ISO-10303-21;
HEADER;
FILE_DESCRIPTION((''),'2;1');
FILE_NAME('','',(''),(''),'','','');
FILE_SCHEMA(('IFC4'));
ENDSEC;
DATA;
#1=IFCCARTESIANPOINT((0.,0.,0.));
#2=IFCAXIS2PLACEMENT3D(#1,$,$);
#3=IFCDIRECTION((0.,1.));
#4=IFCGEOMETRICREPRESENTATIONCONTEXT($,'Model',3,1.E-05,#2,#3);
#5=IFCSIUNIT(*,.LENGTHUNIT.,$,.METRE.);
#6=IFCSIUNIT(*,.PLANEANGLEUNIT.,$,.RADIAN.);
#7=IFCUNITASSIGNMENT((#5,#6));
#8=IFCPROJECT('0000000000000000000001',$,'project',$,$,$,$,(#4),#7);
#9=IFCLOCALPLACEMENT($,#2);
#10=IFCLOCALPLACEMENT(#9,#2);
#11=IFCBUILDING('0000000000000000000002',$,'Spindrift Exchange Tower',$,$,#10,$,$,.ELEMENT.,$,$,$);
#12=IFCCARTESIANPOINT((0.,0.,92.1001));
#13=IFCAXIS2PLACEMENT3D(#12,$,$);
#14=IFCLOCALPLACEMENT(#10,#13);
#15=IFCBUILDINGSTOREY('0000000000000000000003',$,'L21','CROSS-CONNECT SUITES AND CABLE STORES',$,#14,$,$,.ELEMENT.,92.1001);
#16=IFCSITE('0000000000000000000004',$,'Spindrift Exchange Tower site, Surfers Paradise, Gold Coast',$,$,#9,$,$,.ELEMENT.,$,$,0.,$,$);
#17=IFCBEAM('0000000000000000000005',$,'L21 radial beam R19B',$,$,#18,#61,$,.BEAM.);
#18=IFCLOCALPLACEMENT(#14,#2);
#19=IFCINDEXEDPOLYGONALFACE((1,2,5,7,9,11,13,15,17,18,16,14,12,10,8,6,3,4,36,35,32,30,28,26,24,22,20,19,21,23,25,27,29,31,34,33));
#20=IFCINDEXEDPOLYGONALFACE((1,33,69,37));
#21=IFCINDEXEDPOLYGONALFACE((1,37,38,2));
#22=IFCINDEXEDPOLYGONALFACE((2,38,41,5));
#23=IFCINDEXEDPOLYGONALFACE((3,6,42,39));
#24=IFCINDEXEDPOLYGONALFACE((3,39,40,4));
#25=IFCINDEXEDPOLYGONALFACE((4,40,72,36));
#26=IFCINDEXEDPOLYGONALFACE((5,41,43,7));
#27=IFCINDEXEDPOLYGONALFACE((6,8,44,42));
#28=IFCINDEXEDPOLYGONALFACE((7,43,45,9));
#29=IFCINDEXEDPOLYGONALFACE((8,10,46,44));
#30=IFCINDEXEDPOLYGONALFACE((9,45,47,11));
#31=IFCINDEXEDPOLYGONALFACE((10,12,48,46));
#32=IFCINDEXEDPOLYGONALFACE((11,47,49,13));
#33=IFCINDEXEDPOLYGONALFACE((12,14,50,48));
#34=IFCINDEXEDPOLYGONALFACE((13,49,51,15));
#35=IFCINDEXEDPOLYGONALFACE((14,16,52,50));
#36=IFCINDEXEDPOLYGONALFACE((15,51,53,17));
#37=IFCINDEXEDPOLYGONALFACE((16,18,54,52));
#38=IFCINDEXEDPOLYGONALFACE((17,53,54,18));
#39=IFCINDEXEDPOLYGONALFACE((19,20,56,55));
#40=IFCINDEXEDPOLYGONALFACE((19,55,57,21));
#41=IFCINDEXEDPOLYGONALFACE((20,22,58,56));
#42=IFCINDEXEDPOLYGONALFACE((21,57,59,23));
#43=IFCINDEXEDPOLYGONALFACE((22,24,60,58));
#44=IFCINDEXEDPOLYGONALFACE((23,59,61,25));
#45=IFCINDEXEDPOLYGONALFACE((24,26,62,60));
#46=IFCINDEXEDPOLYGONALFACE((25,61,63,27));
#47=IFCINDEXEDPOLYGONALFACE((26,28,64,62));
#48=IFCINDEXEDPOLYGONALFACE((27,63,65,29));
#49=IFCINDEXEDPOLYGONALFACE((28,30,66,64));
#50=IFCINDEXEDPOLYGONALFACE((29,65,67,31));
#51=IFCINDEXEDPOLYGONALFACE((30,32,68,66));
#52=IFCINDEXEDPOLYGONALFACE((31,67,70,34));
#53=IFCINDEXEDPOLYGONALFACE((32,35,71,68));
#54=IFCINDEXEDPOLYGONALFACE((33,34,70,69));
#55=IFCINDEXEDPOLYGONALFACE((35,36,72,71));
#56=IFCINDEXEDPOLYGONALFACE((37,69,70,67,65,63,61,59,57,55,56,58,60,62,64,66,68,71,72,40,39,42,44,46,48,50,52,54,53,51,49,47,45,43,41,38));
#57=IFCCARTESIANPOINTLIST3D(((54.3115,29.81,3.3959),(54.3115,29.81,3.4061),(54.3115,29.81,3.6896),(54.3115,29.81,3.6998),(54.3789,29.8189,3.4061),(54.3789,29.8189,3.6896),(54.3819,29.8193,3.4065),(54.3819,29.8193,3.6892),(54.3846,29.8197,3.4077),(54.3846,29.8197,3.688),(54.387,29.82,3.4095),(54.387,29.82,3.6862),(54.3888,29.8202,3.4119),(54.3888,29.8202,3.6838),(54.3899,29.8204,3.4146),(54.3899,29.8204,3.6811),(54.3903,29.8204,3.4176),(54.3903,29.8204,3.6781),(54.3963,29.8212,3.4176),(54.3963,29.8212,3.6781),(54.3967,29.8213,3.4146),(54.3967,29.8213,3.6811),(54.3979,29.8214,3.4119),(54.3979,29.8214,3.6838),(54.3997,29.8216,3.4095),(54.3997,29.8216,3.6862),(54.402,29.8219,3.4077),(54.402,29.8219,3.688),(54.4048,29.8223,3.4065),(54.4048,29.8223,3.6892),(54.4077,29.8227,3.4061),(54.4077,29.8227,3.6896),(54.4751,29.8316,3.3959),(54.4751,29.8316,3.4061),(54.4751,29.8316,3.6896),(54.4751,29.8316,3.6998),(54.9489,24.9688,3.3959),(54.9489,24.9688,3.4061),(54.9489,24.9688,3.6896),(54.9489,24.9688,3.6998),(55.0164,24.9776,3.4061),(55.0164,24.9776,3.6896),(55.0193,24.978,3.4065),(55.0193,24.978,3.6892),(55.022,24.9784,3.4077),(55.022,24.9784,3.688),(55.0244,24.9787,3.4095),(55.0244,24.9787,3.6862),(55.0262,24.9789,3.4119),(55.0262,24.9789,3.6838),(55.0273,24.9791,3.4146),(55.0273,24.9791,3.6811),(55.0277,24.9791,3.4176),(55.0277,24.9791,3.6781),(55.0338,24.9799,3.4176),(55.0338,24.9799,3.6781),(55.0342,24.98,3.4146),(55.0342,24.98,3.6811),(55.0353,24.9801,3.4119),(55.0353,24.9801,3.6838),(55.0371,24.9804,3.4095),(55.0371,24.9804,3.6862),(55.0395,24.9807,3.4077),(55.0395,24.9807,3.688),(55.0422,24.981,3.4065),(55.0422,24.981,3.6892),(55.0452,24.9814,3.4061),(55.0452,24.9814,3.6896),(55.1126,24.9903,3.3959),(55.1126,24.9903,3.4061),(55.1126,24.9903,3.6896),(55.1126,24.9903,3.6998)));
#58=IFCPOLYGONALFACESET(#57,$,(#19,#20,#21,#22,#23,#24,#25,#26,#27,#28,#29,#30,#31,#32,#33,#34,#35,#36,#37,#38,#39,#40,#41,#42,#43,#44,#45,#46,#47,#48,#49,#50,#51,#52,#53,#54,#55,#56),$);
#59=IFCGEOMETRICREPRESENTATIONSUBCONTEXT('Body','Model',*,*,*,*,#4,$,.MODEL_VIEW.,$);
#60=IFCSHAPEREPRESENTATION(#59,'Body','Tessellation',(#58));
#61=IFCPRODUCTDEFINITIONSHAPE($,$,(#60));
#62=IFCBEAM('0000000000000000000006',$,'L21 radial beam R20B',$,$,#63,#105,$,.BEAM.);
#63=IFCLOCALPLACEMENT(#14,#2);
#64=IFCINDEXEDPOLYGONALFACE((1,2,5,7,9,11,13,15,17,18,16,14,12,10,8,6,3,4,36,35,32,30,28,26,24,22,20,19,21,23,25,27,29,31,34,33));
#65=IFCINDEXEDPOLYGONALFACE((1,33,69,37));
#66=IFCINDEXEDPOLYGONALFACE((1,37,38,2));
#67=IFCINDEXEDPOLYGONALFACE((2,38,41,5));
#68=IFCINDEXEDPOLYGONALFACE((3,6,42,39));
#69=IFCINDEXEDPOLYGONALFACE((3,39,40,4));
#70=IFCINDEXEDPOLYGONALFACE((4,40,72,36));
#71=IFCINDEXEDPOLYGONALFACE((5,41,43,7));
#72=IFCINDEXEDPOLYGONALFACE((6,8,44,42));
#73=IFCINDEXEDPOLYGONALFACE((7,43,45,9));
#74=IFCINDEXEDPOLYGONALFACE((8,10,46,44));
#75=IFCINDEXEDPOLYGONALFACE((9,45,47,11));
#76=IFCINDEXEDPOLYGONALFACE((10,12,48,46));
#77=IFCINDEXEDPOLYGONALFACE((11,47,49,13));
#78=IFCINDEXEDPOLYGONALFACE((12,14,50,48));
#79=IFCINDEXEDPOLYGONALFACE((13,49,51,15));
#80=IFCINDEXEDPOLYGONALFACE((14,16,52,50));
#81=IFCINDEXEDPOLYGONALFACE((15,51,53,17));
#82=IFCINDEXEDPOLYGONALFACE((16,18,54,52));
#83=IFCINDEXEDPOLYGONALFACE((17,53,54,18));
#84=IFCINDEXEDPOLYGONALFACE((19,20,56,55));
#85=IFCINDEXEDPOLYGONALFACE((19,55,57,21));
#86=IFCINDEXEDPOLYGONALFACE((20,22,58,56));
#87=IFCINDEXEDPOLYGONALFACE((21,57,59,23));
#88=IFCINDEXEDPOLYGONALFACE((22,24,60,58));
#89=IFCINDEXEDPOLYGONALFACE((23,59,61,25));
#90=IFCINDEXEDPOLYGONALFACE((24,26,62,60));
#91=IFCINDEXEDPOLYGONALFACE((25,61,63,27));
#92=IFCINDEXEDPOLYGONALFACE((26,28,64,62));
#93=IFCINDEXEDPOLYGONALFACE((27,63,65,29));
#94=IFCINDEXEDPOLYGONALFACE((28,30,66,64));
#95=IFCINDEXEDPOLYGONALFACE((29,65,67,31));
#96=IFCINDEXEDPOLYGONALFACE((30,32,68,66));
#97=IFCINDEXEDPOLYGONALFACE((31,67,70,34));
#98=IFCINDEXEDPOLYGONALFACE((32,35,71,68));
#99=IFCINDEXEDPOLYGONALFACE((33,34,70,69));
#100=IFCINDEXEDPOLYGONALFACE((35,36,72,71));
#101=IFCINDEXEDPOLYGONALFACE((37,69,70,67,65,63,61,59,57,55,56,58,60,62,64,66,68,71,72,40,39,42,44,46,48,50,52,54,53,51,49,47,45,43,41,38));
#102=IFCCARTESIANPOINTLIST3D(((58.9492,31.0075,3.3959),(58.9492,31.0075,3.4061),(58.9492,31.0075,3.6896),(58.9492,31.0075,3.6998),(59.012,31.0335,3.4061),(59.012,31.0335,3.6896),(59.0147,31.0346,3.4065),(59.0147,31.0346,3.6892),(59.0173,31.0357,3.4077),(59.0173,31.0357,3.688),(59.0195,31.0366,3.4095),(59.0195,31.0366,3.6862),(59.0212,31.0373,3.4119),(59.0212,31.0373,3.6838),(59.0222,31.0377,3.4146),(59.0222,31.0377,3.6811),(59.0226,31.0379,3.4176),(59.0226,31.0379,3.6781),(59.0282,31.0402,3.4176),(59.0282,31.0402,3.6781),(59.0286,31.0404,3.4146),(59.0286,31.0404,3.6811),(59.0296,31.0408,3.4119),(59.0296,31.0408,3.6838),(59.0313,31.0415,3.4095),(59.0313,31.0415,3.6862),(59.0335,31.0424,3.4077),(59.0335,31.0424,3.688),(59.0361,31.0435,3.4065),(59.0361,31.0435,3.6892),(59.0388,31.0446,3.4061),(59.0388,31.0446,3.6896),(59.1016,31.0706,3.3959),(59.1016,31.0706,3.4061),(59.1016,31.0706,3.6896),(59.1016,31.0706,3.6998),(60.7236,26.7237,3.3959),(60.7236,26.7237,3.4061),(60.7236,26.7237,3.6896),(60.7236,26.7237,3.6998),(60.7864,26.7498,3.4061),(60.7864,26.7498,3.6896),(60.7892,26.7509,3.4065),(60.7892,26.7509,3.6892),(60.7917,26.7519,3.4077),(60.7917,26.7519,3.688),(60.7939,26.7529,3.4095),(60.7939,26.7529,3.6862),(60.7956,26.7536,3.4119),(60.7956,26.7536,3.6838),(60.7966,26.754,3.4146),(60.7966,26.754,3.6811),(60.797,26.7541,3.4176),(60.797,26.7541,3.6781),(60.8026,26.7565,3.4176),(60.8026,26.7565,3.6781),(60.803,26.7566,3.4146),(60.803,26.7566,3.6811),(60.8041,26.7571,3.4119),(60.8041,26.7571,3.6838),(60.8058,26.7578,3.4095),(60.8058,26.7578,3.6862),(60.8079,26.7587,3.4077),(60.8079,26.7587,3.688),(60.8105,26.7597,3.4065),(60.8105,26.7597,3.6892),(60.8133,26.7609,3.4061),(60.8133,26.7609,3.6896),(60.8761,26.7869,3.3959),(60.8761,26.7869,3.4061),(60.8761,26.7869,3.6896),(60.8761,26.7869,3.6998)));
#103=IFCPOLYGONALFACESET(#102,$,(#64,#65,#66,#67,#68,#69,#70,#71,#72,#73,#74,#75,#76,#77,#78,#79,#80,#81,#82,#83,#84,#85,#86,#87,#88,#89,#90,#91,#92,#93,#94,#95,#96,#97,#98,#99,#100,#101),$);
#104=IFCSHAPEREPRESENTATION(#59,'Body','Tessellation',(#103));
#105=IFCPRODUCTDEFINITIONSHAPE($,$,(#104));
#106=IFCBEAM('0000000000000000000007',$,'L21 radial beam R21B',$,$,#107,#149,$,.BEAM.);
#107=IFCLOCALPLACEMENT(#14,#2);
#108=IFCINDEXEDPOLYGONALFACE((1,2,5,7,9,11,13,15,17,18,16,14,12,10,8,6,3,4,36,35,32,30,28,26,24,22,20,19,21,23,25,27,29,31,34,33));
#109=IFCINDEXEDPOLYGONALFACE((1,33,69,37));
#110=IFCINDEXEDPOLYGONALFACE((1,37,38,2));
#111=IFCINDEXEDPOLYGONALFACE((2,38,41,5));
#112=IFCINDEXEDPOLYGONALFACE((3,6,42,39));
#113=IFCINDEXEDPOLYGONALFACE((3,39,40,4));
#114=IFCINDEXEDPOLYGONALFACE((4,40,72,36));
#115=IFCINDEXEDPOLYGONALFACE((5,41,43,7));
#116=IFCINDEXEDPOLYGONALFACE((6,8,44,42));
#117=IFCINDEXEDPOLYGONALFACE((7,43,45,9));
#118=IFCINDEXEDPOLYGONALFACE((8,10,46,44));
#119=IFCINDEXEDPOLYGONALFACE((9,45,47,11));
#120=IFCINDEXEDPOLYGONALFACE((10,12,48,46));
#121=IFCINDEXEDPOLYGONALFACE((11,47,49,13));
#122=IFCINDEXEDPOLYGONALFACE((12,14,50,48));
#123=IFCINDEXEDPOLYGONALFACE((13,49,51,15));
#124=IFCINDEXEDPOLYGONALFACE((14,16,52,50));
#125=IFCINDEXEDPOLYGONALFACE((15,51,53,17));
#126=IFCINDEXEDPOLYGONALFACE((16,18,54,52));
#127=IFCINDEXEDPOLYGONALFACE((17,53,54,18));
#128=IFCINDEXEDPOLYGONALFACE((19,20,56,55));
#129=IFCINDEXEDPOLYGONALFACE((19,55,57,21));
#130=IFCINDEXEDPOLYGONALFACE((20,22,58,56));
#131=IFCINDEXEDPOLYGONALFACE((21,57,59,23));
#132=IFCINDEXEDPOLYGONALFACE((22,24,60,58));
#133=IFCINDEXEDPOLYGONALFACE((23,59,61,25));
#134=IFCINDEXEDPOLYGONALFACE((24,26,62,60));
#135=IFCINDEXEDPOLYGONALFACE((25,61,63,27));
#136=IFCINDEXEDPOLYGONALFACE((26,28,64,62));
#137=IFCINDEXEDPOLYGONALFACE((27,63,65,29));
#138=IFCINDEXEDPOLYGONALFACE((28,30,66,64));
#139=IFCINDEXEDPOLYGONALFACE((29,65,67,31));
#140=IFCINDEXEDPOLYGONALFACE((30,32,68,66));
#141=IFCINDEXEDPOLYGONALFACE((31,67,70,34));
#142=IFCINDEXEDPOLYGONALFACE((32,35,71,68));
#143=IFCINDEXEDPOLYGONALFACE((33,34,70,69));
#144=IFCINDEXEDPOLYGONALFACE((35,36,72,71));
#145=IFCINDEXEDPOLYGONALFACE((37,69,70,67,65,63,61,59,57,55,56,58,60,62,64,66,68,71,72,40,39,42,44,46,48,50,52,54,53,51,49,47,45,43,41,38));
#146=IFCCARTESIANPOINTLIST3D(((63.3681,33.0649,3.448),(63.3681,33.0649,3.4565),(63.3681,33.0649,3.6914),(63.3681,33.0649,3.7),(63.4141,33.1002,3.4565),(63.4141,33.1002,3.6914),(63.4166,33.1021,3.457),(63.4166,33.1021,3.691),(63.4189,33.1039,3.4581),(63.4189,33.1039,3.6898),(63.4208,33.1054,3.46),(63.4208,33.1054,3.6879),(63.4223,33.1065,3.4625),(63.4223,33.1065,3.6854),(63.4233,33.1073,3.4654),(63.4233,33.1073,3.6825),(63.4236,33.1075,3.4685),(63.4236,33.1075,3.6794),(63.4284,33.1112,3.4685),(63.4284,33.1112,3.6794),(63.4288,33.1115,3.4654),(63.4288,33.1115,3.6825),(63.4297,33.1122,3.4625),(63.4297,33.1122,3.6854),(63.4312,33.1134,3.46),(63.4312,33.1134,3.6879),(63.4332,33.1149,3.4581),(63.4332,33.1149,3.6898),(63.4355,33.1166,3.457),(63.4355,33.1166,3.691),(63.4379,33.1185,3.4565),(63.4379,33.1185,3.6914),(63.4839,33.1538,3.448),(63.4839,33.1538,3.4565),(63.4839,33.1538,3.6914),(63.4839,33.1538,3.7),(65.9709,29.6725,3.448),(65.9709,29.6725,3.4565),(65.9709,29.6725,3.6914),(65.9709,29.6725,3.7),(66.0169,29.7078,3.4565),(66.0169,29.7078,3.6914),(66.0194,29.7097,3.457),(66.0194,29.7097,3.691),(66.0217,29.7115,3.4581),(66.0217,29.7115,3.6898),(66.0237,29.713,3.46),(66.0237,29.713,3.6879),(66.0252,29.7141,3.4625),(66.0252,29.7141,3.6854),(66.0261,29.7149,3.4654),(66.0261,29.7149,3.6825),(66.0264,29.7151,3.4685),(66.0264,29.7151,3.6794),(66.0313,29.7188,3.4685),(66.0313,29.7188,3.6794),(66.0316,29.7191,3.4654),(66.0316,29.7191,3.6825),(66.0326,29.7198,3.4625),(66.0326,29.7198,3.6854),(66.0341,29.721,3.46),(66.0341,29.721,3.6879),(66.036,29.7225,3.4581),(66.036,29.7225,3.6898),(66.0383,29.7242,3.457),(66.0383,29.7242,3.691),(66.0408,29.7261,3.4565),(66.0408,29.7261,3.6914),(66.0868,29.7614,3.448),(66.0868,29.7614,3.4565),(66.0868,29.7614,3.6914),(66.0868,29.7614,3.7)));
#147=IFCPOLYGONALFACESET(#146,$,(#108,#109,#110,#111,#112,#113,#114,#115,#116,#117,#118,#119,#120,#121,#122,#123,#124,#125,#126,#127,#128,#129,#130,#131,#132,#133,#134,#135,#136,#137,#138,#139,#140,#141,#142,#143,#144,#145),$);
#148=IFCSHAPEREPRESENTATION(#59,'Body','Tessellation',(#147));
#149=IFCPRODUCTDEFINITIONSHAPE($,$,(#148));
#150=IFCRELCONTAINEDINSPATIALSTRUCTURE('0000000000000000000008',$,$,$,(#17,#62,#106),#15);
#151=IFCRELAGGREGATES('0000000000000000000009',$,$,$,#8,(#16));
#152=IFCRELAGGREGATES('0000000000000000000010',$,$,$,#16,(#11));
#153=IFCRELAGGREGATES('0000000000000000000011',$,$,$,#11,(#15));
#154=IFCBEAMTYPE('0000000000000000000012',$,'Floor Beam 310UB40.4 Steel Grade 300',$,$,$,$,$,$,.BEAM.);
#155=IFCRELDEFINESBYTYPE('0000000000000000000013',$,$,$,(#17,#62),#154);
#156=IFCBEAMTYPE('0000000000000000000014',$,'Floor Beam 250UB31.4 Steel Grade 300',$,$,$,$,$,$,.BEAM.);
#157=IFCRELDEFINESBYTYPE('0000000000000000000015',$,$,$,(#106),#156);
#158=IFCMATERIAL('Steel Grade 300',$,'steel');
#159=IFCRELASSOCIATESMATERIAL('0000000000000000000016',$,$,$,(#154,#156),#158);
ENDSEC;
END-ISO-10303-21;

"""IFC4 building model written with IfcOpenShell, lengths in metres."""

from ifc_helpers import new_model, si_unit, direction, frame, origin, origin_2d, place, context, subcontext, project, spatial, i_section, extrude, source, transform, mapped, material, material_profile, profile_set, type_object, element, save


model = new_model("IFC4")

# Units and contexts
model_context = context("Model", 3, precision=1e-05, world=origin(), true_north=direction((0.0, 1.0)))
body_context = subcontext(model_context, "Body", "Model", "MODEL_VIEW")
ifc_project = project(units=[si_unit("LENGTHUNIT", "METRE"), si_unit("PLANEANGLEUNIT", "RADIAN")], contexts=[model_context])

# Site, building, storey
site_placement = place(None, origin())
site = spatial("IfcSite", under=ifc_project, at=site_placement, Name="Spindrift Exchange Tower site, Surfers Paradise, Gold Coast", CompositionType="ELEMENT", RefElevation=0.0)
building_placement = place(site_placement, origin())
building = spatial("IfcBuilding", under=site, at=building_placement, Name="Spindrift Exchange Tower", CompositionType="ELEMENT")
storey_placement = place(building_placement, frame((0.0, 0.0, 92.1001)))
storey = spatial("IfcBuildingStorey", under=building, at=storey_placement, Name="L21", Description="CROSS-CONNECT SUITES AND CABLE STORES", CompositionType="ELEMENT", Elevation=92.1001)

# Beams
ifc_material_1 = material(Name="Steel Grade 300", Category="steel")
ifc_material_profile_1 = material_profile(ifc_material_1, i_section(OverallWidth=0.165, OverallDepth=0.304, WebThickness=0.0061, FlangeThickness=0.0103, FilletRadius=0.0115, at=origin_2d()), Name="310UB40.4")
ifc_profile_set_1 = profile_set([ifc_material_profile_1], Name="Steel Grade 300")
beam_type_1 = type_object("IfcBeamType", Name="Floor Beam 310UB40.4 Steel Grade 300", PredefinedType="BEAM", material=ifc_profile_set_1)
shared_shape_1 = source(origin(), body_context, "Body", "SweptSolid", [
    extrude(i_section(OverallWidth=0.165, OverallDepth=0.304, WebThickness=0.0061, FlangeThickness=0.0103, FilletRadius=0.0115, at=origin_2d()), origin(), (0.0, 0.0, 1.0), 4.8831),
])
beam_1_placement = place(storey_placement, frame((54.3933, 29.8208, 3.5479), z_axis=(0.130542, -0.991443, 0.0), x_axis=(0.991443, 0.130542, 0.0)))
element("IfcBeam", 1, at=beam_1_placement, inside=storey, type_object=beam_type_1, Name="L21 radial beam R19B", PredefinedType="BEAM", context=body_context, shape_type="MappedRepresentation", body=[
    mapped(shared_shape_1, transform((0.0, 0.0, 0.0), scale=1.0)),
])
shared_shape_2 = source(origin(), body_context, "Body", "SweptSolid", [
    extrude(i_section(OverallWidth=0.165, OverallDepth=0.304, WebThickness=0.0061, FlangeThickness=0.0103, FilletRadius=0.0115, at=origin_2d()), origin(), (0.0, 0.0, 1.0), 4.6367),
])
beam_2_placement = place(storey_placement, frame((59.0254, 31.0391, 3.5479), z_axis=(0.382693, -0.923876, 0.0), x_axis=(0.923876, 0.382693, 0.0)))
element("IfcBeam", 2, at=beam_2_placement, inside=storey, type_object=beam_type_1, Name="L21 radial beam R20B", PredefinedType="BEAM", context=body_context, shape_type="MappedRepresentation", body=[
    mapped(shared_shape_2, transform((0.0, 0.0, 0.0), scale=1.0)),
])
ifc_material_profile_2 = material_profile(ifc_material_1, i_section(OverallWidth=0.146, OverallDepth=0.252, WebThickness=0.0061, FlangeThickness=0.0085, FilletRadius=0.012, at=origin_2d()), Name="250UB31.4")
ifc_profile_set_2 = profile_set([ifc_material_profile_2], Name="Steel Grade 300")
beam_type_2 = type_object("IfcBeamType", Name="Floor Beam 250UB31.4 Steel Grade 300", PredefinedType="BEAM", material=ifc_profile_set_2)
shared_shape_3 = source(origin(), body_context, "Body", "SweptSolid", [
    extrude(i_section(OverallWidth=0.146, OverallDepth=0.252, WebThickness=0.0061, FlangeThickness=0.0085, FilletRadius=0.012, at=origin_2d()), origin(), (0.0, 0.0, 1.0), 4.2759),
])
beam_3_placement = place(storey_placement, frame((63.426, 33.1094, 3.574), z_axis=(0.608725, -0.793381, 0.0), x_axis=(0.793381, 0.608725, 0.0)))
element("IfcBeam", 3, at=beam_3_placement, inside=storey, type_object=beam_type_2, Name="L21 radial beam R21B", PredefinedType="BEAM", context=body_context, shape_type="MappedRepresentation", body=[
    mapped(shared_shape_3, transform((0.0, 0.0, 0.0), scale=1.0)),
])

save(model, "model.ifc")
